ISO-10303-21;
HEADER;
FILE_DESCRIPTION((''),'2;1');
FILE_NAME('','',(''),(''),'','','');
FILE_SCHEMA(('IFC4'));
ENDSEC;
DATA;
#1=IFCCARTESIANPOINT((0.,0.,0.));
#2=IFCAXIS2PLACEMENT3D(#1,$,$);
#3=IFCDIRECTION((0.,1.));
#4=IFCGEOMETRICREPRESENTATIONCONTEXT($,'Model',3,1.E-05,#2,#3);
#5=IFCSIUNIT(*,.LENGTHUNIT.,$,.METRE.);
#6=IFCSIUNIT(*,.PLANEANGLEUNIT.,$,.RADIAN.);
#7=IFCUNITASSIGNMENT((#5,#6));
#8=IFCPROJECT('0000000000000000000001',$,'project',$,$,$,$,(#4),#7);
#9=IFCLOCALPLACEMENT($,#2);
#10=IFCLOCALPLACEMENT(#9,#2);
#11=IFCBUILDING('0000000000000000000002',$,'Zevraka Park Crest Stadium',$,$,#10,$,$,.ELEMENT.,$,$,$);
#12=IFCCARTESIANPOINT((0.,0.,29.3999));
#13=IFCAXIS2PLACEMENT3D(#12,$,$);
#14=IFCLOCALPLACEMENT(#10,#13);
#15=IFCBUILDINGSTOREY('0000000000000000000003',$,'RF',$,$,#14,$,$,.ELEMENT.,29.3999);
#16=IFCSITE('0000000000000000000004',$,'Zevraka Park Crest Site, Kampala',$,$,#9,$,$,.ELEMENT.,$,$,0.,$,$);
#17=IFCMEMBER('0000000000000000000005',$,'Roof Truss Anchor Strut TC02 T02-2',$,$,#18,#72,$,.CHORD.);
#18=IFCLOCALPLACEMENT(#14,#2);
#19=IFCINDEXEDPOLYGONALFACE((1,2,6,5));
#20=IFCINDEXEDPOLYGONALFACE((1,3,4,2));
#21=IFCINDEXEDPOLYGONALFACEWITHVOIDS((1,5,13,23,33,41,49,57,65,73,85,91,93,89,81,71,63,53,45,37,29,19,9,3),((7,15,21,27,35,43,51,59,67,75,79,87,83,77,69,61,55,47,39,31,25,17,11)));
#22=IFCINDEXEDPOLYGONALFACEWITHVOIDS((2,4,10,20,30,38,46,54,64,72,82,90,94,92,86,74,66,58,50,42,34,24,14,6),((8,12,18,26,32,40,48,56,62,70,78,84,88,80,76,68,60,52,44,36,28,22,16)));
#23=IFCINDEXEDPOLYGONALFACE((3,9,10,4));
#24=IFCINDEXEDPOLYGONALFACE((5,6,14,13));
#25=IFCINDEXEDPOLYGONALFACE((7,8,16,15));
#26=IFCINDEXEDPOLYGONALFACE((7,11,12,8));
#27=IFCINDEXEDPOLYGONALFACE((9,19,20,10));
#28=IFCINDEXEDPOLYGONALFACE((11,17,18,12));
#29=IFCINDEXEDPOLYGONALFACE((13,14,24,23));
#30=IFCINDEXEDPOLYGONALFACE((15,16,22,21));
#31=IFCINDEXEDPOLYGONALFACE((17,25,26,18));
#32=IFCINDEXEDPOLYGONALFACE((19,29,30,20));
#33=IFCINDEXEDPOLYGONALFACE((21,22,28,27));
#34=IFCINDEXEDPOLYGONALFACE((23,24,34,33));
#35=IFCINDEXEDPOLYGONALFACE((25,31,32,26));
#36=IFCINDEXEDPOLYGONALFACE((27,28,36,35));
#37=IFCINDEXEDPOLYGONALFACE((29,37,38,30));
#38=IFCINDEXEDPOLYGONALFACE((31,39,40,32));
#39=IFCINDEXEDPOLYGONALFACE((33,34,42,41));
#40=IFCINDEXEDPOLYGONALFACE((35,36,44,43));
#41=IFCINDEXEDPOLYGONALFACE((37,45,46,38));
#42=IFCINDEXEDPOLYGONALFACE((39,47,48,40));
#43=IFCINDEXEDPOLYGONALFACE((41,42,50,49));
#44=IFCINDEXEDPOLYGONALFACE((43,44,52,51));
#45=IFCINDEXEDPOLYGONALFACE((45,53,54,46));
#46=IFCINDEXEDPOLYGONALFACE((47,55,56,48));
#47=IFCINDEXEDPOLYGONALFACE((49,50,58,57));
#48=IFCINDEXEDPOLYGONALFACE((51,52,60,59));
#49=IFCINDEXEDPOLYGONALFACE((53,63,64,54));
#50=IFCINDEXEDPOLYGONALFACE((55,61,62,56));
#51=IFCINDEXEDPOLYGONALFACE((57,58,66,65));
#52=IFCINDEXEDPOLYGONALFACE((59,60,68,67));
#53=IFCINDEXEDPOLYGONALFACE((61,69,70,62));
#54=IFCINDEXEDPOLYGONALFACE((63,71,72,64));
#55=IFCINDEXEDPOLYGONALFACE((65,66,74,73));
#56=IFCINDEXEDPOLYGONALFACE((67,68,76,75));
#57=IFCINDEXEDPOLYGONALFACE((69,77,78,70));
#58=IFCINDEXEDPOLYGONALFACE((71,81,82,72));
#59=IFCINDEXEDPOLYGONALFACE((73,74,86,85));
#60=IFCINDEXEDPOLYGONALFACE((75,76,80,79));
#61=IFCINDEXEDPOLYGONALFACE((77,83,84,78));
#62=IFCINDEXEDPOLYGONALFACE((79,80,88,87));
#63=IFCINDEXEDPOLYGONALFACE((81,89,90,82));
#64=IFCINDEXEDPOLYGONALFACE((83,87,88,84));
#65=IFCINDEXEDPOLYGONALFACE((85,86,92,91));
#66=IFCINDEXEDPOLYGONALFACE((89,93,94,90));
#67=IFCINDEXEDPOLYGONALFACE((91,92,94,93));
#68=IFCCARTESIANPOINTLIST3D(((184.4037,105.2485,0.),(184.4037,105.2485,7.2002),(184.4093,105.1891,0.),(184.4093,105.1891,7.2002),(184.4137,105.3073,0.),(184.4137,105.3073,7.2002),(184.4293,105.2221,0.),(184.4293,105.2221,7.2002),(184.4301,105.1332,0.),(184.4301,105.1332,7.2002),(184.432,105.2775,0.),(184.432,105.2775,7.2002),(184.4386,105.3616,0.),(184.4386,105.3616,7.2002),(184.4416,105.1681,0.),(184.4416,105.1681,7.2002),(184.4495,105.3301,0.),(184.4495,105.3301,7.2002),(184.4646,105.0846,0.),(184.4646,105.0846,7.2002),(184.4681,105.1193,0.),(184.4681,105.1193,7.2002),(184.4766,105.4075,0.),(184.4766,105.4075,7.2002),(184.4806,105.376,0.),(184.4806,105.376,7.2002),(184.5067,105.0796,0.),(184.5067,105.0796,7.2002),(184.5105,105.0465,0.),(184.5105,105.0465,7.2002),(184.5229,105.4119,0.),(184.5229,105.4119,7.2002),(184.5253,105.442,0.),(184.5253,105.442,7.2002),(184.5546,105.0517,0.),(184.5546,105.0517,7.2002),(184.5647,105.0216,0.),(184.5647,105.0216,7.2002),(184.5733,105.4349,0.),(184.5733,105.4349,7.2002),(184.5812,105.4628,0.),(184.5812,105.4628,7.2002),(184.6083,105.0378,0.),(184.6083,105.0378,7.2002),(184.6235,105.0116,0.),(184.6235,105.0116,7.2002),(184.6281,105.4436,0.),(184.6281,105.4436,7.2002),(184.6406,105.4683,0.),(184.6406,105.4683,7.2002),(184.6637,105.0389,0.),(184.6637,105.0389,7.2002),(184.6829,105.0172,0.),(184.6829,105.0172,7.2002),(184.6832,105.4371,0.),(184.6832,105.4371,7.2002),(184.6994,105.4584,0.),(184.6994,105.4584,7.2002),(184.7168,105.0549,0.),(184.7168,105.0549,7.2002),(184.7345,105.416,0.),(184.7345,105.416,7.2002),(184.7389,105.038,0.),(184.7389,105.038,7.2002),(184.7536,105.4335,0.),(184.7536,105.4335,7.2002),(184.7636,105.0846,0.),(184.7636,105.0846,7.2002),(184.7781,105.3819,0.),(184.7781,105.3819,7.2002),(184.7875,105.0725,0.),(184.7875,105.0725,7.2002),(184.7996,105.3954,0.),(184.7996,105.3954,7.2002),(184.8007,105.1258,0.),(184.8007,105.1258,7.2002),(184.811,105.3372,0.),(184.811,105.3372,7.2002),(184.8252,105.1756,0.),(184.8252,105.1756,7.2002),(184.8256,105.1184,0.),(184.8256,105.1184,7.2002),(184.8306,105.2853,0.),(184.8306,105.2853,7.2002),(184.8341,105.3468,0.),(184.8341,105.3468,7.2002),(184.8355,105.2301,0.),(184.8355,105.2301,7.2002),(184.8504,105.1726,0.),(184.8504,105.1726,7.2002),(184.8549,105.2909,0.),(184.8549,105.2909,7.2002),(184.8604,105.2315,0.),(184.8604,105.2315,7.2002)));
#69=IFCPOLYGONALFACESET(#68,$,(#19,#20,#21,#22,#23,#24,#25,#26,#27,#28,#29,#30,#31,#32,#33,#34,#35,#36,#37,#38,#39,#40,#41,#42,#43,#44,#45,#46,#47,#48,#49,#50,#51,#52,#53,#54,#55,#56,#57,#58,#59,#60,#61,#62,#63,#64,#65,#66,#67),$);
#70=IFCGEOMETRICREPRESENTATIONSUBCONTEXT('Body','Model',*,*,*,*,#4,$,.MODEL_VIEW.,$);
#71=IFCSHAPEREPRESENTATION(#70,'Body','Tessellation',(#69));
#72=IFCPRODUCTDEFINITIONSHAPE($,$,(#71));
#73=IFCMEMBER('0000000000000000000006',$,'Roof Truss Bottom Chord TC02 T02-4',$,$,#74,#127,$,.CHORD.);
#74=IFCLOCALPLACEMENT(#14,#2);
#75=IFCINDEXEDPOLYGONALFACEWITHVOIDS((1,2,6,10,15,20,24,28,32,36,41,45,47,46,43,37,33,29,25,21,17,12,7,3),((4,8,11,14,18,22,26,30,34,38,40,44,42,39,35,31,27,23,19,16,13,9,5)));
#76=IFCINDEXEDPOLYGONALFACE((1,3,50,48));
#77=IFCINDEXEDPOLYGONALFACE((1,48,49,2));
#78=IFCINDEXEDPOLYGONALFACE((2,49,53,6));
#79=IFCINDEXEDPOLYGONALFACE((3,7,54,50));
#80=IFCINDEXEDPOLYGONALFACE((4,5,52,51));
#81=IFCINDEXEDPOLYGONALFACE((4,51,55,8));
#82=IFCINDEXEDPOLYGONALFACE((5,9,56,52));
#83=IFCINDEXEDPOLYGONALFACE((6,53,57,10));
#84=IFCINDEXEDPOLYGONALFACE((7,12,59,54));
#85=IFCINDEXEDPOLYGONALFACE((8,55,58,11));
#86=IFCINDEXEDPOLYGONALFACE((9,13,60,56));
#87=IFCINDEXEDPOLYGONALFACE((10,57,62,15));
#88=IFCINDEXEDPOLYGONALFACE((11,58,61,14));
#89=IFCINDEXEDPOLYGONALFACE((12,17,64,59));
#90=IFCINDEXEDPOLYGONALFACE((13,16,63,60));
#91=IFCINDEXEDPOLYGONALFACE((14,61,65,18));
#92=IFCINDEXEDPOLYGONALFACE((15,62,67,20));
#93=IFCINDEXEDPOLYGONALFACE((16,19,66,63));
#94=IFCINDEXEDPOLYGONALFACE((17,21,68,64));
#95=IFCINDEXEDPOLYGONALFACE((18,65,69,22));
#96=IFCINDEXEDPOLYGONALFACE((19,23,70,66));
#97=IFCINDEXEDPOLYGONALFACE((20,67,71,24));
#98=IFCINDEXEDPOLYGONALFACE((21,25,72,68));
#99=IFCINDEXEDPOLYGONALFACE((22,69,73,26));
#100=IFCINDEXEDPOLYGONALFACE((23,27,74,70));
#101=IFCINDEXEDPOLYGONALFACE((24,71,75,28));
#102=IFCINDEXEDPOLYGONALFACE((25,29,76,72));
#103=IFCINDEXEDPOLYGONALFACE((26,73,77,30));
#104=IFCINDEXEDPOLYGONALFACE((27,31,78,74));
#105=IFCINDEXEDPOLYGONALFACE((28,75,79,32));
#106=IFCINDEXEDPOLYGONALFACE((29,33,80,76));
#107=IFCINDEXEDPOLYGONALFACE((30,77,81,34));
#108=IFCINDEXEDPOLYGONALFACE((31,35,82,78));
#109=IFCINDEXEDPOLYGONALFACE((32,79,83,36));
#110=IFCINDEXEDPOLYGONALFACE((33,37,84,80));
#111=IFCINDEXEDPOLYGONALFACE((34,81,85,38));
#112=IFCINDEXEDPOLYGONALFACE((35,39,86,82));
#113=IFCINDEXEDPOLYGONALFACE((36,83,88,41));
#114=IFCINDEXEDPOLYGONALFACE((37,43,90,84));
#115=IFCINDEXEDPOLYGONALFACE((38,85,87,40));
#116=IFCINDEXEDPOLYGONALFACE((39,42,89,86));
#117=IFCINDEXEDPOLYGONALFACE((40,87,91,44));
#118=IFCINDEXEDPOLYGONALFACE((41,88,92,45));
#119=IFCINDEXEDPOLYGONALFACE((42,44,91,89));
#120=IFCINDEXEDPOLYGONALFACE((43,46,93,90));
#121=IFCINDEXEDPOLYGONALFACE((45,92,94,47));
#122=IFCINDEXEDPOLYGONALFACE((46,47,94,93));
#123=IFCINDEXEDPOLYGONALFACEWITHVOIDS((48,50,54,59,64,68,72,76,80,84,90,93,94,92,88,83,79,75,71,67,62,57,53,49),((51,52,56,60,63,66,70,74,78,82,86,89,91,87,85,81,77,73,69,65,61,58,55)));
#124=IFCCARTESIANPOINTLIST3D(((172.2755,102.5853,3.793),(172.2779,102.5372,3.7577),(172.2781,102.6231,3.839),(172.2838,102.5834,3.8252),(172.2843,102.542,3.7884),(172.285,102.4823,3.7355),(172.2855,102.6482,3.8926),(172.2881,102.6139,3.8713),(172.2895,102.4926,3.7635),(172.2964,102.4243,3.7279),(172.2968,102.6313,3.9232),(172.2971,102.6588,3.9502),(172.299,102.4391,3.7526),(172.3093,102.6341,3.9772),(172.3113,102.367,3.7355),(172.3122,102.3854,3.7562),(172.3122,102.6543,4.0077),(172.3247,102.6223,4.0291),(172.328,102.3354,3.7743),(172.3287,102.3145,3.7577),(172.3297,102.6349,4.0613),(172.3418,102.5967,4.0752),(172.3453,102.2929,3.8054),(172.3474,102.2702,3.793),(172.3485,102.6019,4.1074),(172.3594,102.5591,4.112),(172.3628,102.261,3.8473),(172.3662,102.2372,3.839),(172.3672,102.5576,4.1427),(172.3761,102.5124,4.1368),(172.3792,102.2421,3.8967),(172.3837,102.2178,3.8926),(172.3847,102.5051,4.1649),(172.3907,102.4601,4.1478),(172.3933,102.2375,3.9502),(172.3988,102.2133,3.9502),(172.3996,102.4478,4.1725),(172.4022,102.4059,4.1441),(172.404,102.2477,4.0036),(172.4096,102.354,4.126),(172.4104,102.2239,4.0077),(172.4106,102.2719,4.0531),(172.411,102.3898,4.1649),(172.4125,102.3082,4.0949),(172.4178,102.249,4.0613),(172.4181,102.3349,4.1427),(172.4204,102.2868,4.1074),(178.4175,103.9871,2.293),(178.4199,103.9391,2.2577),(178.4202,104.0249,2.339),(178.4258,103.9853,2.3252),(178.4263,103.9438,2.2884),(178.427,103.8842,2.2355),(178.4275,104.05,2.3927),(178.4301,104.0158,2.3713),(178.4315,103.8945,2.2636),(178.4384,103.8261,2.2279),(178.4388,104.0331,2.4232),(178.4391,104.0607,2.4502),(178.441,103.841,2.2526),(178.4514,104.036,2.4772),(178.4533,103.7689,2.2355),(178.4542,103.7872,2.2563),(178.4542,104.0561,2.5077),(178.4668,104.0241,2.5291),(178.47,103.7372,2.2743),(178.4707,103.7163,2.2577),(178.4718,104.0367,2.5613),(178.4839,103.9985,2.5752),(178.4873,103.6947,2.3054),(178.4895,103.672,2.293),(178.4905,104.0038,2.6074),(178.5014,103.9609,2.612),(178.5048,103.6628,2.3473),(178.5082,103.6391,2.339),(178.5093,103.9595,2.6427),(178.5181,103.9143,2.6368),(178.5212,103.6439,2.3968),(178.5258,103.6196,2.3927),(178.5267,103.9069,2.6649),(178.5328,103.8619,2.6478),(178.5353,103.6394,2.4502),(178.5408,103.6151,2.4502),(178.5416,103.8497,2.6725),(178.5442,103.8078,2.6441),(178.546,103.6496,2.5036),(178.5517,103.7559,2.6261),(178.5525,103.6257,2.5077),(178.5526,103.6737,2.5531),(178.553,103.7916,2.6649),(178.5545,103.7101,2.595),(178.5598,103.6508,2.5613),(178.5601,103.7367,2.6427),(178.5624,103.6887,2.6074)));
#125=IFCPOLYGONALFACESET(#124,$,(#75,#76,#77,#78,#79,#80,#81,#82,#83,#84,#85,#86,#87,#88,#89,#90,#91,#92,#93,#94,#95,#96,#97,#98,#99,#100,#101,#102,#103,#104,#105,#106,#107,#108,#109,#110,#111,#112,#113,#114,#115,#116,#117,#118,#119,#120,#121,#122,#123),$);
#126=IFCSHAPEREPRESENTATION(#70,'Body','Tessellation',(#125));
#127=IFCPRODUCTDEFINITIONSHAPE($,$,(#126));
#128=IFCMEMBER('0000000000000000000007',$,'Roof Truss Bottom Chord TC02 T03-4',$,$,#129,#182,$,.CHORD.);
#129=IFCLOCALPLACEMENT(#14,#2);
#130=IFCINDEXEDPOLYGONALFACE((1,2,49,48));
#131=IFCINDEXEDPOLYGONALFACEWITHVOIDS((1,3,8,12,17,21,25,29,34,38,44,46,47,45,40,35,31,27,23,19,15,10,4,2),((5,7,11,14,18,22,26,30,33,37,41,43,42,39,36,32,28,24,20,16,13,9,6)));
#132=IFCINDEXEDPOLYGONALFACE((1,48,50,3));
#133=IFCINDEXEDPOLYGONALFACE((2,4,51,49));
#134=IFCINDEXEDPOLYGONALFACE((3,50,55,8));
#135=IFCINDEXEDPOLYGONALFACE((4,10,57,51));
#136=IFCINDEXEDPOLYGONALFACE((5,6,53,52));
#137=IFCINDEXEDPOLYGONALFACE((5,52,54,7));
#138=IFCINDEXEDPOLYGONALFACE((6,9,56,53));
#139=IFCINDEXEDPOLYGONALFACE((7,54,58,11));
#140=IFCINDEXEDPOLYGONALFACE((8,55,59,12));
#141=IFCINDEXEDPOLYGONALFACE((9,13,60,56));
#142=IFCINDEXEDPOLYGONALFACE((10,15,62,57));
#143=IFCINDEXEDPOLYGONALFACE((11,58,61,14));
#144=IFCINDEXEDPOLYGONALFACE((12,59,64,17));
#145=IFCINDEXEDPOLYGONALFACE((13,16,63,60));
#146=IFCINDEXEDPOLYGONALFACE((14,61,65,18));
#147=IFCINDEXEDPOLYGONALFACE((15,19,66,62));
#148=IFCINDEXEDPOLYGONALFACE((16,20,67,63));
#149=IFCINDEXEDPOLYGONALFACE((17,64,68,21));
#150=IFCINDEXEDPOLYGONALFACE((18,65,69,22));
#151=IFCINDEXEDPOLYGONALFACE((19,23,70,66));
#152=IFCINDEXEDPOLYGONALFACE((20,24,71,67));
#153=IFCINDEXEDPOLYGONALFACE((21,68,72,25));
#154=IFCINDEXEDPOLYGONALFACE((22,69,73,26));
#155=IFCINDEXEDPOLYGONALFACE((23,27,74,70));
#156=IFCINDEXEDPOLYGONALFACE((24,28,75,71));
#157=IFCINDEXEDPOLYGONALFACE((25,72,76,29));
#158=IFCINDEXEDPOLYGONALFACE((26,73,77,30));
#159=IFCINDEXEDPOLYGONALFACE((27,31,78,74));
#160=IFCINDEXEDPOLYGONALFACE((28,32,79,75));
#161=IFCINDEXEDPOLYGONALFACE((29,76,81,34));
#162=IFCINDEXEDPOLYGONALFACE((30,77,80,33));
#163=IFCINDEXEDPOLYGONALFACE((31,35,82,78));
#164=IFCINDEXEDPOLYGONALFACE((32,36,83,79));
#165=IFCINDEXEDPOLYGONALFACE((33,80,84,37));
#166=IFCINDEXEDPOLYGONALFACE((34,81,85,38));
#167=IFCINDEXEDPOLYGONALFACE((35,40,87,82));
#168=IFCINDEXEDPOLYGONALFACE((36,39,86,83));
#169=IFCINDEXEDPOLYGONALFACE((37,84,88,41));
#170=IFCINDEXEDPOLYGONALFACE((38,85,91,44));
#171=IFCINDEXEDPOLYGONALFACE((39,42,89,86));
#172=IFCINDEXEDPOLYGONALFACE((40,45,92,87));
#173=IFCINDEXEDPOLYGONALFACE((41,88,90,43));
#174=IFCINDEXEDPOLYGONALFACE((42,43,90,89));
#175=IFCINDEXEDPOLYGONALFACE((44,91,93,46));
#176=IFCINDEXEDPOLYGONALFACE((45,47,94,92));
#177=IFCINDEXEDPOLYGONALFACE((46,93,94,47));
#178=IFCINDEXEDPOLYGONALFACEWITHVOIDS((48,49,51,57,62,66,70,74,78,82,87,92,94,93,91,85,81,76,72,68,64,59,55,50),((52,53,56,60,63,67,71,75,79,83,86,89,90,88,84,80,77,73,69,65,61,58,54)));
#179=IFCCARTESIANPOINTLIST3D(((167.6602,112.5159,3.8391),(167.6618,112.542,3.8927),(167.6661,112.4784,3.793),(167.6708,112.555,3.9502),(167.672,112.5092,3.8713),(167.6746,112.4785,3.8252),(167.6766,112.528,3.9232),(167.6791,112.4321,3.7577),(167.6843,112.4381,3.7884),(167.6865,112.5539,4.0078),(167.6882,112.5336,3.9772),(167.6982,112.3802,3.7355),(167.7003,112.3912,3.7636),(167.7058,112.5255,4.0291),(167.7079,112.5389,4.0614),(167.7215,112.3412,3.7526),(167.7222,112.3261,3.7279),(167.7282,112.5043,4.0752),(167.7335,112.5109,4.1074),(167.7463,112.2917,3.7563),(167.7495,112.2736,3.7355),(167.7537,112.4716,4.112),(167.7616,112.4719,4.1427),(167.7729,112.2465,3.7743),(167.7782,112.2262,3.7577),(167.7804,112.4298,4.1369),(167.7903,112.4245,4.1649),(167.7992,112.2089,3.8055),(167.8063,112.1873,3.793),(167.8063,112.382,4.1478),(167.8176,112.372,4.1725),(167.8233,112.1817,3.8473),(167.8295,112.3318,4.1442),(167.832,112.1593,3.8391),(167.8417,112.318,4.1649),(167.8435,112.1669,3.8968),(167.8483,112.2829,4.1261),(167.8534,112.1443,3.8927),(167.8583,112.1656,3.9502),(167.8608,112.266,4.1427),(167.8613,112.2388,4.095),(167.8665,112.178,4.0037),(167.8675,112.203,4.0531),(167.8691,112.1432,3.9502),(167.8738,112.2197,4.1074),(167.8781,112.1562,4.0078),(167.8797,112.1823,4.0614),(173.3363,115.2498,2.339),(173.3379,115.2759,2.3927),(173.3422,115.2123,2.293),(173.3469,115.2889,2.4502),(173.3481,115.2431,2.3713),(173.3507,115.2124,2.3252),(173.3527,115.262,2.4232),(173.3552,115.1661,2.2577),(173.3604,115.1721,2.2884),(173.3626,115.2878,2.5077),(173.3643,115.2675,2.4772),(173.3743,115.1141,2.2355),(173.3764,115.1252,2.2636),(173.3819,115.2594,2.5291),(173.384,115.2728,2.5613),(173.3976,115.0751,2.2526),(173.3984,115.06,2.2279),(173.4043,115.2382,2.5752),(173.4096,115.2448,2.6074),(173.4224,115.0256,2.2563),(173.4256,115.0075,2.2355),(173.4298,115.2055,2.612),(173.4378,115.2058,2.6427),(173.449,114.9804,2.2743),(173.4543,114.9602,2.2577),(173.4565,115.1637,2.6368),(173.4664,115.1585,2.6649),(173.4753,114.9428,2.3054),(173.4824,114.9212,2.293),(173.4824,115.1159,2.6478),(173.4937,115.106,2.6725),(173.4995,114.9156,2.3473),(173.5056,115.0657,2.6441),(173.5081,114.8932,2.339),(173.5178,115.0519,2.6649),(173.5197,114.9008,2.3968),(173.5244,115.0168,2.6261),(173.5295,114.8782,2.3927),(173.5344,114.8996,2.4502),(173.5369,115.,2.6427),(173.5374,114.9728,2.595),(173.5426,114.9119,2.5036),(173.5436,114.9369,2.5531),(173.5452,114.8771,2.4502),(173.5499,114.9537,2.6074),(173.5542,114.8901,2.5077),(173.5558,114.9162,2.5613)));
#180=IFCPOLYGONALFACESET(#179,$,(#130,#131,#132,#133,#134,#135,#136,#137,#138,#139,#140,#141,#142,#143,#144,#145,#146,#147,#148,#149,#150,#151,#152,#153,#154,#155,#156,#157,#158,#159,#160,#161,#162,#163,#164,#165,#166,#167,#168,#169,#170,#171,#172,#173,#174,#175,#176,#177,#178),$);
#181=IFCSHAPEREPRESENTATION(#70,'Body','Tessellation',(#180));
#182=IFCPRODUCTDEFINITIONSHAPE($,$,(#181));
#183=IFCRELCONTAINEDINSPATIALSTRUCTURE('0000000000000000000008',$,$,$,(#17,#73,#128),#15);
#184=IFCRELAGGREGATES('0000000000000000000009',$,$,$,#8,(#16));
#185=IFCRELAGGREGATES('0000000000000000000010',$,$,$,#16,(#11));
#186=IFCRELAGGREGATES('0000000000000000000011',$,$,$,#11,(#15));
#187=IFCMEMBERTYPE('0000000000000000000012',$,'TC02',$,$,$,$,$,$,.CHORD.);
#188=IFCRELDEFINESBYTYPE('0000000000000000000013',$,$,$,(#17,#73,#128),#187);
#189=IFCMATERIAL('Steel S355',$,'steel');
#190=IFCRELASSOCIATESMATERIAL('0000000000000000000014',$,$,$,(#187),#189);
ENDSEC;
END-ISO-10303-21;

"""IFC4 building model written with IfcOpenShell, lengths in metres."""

from ifc_helpers import new_model, si_unit, direction, frame, origin, origin_2d, place, context, subcontext, project, spatial, hollow_circle, extrude, material, material_profile, profile_set, type_object, element, save


model = new_model("IFC4")

# Units and contexts
model_context = context("Model", 3, precision=1e-05, world=origin(), true_north=direction((0.0, 1.0)))
body_context = subcontext(model_context, "Body", "Model", "MODEL_VIEW")
ifc_project = project(units=[si_unit("LENGTHUNIT", "METRE"), si_unit("PLANEANGLEUNIT", "RADIAN")], contexts=[model_context])

# Site, building, storey
site_placement = place(None, origin())
site = spatial("IfcSite", under=ifc_project, at=site_placement, Name="Zevraka Park Crest Site, Kampala", CompositionType="ELEMENT", RefElevation=0.0)
building_placement = place(site_placement, origin())
building = spatial("IfcBuilding", under=site, at=building_placement, Name="Zevraka Park Crest Stadium", CompositionType="ELEMENT")
storey_placement = place(building_placement, frame((0.0, 0.0, 29.3999)))
storey = spatial("IfcBuildingStorey", under=building, at=storey_placement, Name="RF", CompositionType="ELEMENT", Elevation=29.3999)

# Members
ifc_material_1 = material(Name="Steel S355", Category="steel")
ifc_material_profile_1 = material_profile(ifc_material_1, hollow_circle(Radius=0.2285, WallThickness=0.0249, at=origin_2d()), Name="CHS 457.0x25")
ifc_profile_set_1 = profile_set([ifc_material_profile_1], Name="Steel S355")
member_type_1 = type_object("IfcMemberType", Name="TC02", PredefinedType="CHORD", material=ifc_profile_set_1)
member_1_placement = place(storey_placement, frame((184.6321, 105.24, 0.0), z_axis=(0.0, 0.0, 1.0), x_axis=(0.974917, 0.22257, 0.0)))
element("IfcMember", 1, at=member_1_placement, inside=storey, type_object=member_type_1, Name="Roof Truss Anchor Strut TC02 T02-2", PredefinedType="CHORD", context=body_context, shape_type="SweptSolid", body=[
    extrude(hollow_circle(Radius=0.2285, WallThickness=0.0249, at=origin_2d()), origin(), (0.0, 0.0, 1.0), 7.2002),
])
member_2_placement = place(storey_placement, frame((178.49, 103.8379, 2.4502), z_axis=(-0.948417, -0.216464, 0.231619), x_axis=(0.222515, -0.974929, 0.0)))
element("IfcMember", 2, at=member_2_placement, inside=storey, type_object=member_type_1, Name="Roof Truss Bottom Chord TC02 T02-4", PredefinedType="CHORD", context=body_context, shape_type="SweptSolid", body=[
    extrude(hollow_circle(Radius=0.2285, WallThickness=0.0249, at=origin_2d()), origin(), (0.0, 0.0, 1.0), 6.4761),
])
member_3_placement = place(storey_placement, frame((173.446, 115.083, 2.4502), z_axis=(-0.876441, -0.422142, 0.231617), x_axis=(0.433943, -0.900941, 0.0)))
element("IfcMember", 3, at=member_3_placement, inside=storey, type_object=member_type_1, Name="Roof Truss Bottom Chord TC02 T03-4", PredefinedType="CHORD", context=body_context, shape_type="SweptSolid", body=[
    extrude(hollow_circle(Radius=0.2285, WallThickness=0.0249, at=origin_2d()), origin(), (0.0, 0.0, 1.0), 6.4763),
])

save(model, "model.ifc")
